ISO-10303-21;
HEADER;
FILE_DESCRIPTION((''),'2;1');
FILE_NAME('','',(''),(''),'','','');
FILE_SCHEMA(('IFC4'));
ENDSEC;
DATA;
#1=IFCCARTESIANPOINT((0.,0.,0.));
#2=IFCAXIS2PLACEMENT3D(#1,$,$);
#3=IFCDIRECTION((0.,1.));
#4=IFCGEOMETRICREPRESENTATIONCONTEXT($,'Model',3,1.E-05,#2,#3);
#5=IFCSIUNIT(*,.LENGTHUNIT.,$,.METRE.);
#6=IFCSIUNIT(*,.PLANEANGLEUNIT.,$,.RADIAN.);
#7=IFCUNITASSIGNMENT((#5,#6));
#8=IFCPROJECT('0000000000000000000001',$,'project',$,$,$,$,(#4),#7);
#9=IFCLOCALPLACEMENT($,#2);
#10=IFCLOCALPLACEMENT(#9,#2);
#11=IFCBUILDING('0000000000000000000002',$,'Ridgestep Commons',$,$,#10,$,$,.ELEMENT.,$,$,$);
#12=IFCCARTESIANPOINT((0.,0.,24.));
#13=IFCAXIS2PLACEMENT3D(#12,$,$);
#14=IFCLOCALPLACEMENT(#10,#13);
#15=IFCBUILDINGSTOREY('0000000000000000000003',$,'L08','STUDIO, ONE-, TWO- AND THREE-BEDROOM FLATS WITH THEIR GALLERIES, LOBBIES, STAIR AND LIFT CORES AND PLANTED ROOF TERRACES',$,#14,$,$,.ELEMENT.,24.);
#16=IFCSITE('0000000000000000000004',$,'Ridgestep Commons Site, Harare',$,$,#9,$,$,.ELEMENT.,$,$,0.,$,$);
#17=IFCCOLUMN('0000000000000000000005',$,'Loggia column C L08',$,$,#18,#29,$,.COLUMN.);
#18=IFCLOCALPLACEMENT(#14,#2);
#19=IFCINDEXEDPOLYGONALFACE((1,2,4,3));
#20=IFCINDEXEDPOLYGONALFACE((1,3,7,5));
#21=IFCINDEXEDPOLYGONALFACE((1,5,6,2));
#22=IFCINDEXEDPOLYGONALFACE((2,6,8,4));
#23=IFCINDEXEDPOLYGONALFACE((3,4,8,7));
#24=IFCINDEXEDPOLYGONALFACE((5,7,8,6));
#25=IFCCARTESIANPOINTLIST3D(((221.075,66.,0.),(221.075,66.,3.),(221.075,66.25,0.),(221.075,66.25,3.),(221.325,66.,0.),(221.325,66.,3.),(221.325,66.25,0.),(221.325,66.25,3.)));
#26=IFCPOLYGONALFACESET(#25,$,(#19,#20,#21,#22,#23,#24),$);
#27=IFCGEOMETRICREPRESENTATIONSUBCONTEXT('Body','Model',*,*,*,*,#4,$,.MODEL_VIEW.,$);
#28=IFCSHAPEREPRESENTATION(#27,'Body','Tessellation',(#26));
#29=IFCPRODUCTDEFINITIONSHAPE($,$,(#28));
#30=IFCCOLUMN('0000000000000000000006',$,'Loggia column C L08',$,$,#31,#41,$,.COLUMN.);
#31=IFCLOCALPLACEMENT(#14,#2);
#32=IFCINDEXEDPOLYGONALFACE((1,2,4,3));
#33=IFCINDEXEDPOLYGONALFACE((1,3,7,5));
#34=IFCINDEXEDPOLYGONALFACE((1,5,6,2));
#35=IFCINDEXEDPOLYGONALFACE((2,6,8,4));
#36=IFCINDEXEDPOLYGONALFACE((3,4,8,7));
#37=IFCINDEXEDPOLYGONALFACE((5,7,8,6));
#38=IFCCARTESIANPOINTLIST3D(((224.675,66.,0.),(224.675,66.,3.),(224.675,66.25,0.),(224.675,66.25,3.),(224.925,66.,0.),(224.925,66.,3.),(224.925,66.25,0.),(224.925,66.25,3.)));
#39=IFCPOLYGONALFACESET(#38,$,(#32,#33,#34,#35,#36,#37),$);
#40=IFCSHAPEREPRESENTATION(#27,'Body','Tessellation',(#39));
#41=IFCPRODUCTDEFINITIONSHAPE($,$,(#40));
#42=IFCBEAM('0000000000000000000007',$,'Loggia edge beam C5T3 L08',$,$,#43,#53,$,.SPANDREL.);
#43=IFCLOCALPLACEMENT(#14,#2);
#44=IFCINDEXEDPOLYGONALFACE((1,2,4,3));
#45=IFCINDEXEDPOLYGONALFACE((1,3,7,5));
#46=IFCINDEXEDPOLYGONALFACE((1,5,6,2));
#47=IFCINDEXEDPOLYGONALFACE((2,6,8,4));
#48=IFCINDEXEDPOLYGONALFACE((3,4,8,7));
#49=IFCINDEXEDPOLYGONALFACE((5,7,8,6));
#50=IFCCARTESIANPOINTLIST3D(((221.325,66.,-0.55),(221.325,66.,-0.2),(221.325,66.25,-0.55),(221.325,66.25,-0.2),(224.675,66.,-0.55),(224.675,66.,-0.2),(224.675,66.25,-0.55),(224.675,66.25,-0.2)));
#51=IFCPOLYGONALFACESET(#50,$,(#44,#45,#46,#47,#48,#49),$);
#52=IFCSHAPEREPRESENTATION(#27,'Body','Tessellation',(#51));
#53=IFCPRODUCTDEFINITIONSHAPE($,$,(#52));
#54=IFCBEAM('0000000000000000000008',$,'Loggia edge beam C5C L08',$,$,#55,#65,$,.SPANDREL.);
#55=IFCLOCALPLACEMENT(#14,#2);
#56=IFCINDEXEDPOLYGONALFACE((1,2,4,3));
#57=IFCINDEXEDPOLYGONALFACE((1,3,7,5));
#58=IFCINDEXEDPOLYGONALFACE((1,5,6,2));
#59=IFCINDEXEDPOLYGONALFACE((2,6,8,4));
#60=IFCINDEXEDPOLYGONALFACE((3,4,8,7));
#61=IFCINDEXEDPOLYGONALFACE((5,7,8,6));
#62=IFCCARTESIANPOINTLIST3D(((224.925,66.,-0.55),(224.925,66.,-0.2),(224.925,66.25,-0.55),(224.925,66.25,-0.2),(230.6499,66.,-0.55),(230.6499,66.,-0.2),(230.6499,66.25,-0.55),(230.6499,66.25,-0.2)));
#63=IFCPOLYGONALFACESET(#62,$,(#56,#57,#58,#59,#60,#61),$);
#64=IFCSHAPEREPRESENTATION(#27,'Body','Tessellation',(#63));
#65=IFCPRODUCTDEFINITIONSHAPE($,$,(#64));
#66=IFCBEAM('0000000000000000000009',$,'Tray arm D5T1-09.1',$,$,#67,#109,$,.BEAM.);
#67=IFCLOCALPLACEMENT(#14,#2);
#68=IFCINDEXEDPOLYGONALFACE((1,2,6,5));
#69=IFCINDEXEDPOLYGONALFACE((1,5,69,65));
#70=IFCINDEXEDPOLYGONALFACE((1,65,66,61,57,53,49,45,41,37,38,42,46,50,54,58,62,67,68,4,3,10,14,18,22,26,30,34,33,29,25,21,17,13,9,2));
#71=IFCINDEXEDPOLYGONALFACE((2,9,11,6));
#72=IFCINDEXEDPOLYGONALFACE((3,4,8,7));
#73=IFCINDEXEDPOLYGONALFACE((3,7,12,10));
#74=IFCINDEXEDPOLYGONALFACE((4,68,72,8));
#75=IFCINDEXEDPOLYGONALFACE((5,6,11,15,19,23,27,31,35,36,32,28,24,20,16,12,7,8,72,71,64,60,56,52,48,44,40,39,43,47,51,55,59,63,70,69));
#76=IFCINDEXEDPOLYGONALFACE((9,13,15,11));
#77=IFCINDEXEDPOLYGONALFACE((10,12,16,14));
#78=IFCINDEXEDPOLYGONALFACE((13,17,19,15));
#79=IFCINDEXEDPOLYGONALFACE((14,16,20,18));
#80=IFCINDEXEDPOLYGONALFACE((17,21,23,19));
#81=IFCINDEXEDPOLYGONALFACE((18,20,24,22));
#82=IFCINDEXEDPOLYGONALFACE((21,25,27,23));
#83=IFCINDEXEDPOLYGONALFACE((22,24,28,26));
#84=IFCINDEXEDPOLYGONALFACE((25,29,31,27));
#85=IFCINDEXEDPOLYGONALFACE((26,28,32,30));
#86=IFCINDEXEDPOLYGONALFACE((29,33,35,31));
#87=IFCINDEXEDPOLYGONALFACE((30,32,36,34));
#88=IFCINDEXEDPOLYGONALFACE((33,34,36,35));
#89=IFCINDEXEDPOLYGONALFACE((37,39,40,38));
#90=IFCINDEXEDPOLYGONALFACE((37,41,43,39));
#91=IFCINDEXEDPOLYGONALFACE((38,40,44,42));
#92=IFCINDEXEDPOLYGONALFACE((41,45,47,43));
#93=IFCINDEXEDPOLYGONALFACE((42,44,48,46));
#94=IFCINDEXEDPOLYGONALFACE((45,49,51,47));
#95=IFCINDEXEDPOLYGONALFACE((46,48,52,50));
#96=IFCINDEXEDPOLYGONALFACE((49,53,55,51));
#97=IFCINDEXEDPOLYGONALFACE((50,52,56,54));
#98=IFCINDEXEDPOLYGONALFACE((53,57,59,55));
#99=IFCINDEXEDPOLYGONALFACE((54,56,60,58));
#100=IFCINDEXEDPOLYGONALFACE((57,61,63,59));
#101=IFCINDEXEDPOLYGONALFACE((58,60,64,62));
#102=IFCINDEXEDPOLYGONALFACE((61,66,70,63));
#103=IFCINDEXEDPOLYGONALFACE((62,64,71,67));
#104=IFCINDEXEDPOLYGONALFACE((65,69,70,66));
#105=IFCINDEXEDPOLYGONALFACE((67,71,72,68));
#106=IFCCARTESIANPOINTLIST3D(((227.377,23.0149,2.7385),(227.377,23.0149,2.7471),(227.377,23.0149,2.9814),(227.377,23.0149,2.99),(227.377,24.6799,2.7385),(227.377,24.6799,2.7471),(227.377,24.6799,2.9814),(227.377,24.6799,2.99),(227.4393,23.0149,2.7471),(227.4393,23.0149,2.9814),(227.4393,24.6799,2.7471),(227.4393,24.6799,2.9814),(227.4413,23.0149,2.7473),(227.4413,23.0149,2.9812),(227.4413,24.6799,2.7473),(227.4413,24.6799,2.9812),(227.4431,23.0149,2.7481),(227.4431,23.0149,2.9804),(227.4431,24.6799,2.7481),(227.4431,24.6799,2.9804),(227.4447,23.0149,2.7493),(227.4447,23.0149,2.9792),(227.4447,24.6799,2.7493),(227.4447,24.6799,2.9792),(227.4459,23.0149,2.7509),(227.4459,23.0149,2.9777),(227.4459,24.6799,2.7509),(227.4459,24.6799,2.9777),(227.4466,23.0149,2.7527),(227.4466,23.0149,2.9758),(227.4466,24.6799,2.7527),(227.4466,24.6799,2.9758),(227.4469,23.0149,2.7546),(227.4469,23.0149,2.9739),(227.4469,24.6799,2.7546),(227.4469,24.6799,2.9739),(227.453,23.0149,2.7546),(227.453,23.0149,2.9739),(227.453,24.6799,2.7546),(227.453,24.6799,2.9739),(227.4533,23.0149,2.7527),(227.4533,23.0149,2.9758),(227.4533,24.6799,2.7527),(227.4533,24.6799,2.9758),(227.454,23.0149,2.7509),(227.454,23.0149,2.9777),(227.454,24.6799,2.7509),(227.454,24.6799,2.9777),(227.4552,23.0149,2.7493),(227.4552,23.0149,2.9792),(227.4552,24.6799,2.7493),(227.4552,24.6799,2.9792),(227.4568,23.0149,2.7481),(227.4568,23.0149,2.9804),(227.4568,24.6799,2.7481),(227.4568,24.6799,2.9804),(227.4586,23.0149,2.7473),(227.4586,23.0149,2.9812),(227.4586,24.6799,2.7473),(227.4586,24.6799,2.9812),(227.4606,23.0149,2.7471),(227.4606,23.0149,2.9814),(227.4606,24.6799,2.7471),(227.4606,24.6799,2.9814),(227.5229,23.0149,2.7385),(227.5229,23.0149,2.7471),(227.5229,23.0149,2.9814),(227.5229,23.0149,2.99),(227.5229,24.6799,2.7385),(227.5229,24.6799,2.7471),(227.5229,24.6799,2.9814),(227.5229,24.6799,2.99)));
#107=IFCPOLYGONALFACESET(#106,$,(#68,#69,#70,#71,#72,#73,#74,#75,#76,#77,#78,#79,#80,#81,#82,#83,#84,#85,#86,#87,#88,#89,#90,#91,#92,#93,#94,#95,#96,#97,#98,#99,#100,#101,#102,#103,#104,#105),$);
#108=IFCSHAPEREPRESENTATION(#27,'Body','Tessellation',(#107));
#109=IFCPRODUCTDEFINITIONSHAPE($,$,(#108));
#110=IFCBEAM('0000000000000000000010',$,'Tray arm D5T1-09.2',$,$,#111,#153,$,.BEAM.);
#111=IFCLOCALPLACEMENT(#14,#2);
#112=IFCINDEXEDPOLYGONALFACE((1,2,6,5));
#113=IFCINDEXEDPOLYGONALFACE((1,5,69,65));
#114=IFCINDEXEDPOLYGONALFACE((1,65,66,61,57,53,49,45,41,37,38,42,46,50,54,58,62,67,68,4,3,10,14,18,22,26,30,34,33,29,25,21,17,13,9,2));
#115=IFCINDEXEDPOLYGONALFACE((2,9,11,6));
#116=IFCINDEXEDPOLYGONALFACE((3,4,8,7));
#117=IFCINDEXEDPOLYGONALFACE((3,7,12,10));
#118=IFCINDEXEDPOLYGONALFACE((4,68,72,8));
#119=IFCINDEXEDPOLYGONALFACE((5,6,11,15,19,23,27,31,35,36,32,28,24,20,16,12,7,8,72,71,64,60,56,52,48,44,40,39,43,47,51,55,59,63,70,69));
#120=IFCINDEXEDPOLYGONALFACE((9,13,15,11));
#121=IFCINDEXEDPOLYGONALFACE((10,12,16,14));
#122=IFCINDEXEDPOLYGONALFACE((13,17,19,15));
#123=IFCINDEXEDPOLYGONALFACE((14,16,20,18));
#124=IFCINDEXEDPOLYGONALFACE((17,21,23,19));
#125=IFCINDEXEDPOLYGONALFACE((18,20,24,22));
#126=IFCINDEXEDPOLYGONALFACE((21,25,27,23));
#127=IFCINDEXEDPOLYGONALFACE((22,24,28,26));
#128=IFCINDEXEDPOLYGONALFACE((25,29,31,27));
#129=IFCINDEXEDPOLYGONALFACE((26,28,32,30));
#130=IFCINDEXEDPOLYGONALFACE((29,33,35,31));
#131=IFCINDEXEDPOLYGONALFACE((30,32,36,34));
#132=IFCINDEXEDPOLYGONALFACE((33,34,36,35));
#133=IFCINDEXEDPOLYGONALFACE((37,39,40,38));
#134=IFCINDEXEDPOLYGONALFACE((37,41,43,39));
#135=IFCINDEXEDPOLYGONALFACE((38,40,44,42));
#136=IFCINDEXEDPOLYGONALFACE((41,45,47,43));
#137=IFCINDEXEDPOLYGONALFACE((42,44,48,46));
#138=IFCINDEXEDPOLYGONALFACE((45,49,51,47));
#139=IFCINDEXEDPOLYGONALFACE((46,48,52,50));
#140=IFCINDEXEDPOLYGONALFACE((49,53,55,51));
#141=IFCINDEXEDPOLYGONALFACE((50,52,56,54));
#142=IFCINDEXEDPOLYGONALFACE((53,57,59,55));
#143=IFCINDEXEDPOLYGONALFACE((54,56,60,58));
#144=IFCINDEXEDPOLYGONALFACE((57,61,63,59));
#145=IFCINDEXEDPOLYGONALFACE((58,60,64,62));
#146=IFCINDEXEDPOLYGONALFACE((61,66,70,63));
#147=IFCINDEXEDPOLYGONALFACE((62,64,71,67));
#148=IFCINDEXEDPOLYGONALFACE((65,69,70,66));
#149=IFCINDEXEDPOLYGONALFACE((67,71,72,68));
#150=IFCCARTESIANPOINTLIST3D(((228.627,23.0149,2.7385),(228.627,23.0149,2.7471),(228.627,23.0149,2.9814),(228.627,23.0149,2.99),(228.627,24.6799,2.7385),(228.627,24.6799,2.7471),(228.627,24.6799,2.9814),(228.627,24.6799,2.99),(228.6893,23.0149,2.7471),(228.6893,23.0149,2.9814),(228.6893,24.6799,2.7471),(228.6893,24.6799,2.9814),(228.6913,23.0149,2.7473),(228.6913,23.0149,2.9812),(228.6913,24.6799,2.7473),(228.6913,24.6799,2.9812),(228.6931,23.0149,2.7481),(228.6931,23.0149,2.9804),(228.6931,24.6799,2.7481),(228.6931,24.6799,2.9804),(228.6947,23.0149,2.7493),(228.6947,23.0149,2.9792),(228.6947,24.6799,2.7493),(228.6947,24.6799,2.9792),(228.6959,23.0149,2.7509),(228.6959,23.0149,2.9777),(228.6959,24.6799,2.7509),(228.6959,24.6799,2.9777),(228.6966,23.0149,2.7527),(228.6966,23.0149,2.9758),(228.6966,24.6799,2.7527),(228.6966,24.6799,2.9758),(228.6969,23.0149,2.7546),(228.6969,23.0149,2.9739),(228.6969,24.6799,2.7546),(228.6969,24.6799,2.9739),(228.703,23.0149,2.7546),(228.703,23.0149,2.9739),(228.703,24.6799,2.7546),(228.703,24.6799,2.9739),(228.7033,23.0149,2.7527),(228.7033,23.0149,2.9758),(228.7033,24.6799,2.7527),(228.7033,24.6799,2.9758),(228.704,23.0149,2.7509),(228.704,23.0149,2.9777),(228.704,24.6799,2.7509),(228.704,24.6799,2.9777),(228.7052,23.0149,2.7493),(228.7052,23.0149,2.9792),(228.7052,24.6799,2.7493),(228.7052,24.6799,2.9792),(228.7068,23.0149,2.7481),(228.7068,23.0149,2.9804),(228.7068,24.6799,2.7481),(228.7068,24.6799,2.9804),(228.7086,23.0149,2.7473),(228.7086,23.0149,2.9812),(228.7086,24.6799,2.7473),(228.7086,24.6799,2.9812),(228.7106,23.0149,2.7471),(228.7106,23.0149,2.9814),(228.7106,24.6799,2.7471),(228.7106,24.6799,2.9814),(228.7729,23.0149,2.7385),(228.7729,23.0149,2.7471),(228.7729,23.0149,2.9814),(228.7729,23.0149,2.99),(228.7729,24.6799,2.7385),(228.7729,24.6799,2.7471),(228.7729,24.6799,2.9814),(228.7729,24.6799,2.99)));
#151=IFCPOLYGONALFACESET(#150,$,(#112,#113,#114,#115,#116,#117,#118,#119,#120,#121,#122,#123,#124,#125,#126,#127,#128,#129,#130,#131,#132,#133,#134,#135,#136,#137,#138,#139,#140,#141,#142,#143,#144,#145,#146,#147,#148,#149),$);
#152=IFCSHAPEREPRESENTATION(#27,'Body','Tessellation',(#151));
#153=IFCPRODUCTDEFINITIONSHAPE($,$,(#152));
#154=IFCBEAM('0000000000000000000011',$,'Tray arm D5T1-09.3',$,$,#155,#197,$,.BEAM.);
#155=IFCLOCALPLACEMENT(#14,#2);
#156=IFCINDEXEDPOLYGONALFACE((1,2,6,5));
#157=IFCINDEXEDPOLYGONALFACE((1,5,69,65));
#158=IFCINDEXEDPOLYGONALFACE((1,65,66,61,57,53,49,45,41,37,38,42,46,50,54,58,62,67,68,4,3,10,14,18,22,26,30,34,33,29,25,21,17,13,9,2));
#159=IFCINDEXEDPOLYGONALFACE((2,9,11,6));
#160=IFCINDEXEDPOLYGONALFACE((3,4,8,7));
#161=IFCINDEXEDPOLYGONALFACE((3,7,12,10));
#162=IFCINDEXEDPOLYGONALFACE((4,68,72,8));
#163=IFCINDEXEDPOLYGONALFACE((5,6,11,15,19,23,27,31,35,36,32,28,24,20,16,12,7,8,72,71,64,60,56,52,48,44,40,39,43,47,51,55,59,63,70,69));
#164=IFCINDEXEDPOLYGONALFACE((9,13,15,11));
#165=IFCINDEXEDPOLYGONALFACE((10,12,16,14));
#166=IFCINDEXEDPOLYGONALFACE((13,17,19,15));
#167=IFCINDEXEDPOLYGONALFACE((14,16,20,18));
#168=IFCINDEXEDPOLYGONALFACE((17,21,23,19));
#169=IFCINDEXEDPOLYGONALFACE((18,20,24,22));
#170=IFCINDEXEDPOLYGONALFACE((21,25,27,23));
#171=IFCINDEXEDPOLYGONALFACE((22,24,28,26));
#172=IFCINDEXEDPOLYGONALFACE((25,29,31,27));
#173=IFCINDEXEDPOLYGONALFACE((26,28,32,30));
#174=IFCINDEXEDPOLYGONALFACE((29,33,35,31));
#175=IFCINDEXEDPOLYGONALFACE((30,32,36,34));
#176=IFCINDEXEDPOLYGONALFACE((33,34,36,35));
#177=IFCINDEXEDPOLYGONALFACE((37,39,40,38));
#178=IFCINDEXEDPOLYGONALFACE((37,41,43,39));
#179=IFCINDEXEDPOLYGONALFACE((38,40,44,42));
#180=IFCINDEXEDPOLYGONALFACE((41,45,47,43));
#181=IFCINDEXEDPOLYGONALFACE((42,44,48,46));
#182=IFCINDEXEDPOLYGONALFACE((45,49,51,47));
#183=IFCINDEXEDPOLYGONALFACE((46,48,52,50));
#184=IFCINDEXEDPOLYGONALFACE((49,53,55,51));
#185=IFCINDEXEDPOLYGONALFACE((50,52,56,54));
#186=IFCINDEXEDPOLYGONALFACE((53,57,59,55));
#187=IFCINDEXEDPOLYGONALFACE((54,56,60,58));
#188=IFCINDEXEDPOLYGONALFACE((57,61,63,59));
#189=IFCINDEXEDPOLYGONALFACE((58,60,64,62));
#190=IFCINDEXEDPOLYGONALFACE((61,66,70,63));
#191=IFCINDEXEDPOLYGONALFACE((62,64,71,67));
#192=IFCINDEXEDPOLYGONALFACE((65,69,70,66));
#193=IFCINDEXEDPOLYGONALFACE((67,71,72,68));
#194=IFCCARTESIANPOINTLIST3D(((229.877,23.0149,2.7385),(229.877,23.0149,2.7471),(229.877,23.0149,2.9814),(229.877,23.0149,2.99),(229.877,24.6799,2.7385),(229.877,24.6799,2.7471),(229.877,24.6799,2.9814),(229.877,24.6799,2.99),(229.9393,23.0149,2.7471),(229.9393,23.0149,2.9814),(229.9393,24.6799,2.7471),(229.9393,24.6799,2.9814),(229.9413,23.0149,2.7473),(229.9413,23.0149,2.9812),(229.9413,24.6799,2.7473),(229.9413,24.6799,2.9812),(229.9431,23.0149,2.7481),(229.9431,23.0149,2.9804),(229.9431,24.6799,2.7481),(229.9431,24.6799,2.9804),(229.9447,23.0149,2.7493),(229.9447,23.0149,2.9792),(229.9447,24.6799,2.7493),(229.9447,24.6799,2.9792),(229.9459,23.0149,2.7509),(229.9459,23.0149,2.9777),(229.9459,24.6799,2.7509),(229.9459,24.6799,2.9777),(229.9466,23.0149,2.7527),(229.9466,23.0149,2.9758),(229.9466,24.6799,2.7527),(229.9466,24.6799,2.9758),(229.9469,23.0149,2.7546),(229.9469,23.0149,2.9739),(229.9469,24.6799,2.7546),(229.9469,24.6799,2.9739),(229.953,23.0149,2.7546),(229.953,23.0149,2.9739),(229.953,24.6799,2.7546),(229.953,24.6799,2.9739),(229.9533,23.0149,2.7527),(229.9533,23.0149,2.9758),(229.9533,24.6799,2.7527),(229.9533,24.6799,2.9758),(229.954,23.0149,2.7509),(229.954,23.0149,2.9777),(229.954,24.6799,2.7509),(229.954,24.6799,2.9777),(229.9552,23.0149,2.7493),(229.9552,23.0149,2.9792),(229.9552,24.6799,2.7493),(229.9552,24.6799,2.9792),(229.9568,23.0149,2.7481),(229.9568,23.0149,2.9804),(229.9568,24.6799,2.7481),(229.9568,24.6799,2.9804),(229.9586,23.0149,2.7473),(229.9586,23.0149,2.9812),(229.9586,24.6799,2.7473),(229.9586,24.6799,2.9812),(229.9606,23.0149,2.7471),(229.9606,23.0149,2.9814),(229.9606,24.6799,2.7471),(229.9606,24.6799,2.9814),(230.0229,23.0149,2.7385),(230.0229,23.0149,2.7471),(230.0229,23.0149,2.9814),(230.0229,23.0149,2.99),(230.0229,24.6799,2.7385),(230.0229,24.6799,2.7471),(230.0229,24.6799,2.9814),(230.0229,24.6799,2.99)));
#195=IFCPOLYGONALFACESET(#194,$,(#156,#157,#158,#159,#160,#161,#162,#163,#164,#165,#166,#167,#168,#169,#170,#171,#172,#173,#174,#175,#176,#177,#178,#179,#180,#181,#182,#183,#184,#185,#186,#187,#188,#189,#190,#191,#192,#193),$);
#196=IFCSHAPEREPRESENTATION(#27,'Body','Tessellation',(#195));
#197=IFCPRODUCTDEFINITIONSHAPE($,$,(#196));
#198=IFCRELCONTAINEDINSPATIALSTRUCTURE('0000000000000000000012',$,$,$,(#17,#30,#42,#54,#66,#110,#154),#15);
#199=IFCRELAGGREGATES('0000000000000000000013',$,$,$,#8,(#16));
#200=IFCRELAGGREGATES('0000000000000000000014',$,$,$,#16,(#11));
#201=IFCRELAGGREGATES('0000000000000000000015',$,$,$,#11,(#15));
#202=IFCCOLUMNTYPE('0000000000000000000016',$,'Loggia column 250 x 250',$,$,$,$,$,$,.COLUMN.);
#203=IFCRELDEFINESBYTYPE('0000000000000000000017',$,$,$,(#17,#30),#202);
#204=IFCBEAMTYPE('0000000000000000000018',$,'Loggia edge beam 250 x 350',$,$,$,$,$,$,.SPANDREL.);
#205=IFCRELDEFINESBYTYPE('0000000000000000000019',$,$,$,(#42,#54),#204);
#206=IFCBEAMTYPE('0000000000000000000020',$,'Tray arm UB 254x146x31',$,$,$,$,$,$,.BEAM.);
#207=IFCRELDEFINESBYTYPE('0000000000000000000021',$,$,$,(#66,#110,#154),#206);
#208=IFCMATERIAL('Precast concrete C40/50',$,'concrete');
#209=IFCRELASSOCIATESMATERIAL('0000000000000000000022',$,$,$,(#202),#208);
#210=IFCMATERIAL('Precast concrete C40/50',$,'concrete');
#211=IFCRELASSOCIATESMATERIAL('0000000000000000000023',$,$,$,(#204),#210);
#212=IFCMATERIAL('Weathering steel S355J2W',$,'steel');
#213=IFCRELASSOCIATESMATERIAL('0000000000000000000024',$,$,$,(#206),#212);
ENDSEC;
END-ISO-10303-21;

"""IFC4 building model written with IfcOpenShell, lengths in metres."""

from ifc_helpers import new_model, si_unit, direction, frame, origin, origin_2d, place, context, subcontext, project, spatial, rectangle, i_section, extrude, material, material_profile, profile_set, type_object, element, save


model = new_model("IFC4")

# Units and contexts
model_context = context("Model", 3, precision=1e-05, world=origin(), true_north=direction((0.0, 1.0)))
body_context = subcontext(model_context, "Body", "Model", "MODEL_VIEW")
ifc_project = project(units=[si_unit("LENGTHUNIT", "METRE"), si_unit("PLANEANGLEUNIT", "RADIAN")], contexts=[model_context])

# Site, building, storey
site_placement = place(None, origin())
site = spatial("IfcSite", under=ifc_project, at=site_placement, Name="Ridgestep Commons Site, Harare", CompositionType="ELEMENT", RefElevation=0.0)
building_placement = place(site_placement, origin())
building = spatial("IfcBuilding", under=site, at=building_placement, Name="Ridgestep Commons", CompositionType="ELEMENT")
storey_placement = place(building_placement, frame((0.0, 0.0, 24.0)))
storey = spatial("IfcBuildingStorey", under=building, at=storey_placement, Name="L08", Description="STUDIO, ONE-, TWO- AND THREE-BEDROOM FLATS WITH THEIR GALLERIES, LOBBIES, STAIR AND LIFT CORES AND PLANTED ROOF TERRACES", CompositionType="ELEMENT", Elevation=24.0)

# Columns
ifc_material_1 = material(Name="Precast concrete C40/50", Category="concrete")
ifc_material_profile_1 = material_profile(ifc_material_1, rectangle(XDim=0.25, YDim=0.25, at=origin_2d()), Name="PC 250x250")
ifc_profile_set_1 = profile_set([ifc_material_profile_1], Name="Precast concrete C40/50")
column_type = type_object("IfcColumnType", Name="Loggia column 250 x 250", PredefinedType="COLUMN", material=ifc_profile_set_1)
for number, where, z_axis, x_axis, name in (
    (1, (221.2, 66.125, 0.0), (0.0, 0.0, 1.0), (1.0, 0.0, 0.0), "Loggia column C L08"),
    (2, (224.8, 66.125, 0.0), (0.0, 0.0, 1.0), (1.0, 0.0, 0.0), "Loggia column C L08"),
):
    element("IfcColumn", number, at=place(storey_placement, frame(where, z_axis=z_axis, x_axis=x_axis)), inside=storey, type_object=column_type, Name=name, PredefinedType="COLUMN", context=body_context, shape_type="SweptSolid", body=[
        extrude(rectangle(XDim=0.25, YDim=0.25, at=origin_2d()), origin(), (0.0, 0.0, 1.0), 3.0),
    ])

# Beams
ifc_material_2 = material(Name="Precast concrete C40/50", Category="concrete")
ifc_material_profile_2 = material_profile(ifc_material_2, rectangle(XDim=0.25, YDim=0.3501, at=origin_2d()), Name="PC 250x350")
ifc_profile_set_2 = profile_set([ifc_material_profile_2], Name="Precast concrete C40/50")
beam_type_1 = type_object("IfcBeamType", Name="Loggia edge beam 250 x 350", PredefinedType="SPANDREL", material=ifc_profile_set_2)
beam_1_placement = place(storey_placement, frame((221.325, 66.125, -0.375), z_axis=(1.0, 0.0, 0.0), x_axis=(0.0, 1.0, 0.0)))
element("IfcBeam", 3, at=beam_1_placement, inside=storey, type_object=beam_type_1, Name="Loggia edge beam C5T3 L08", PredefinedType="SPANDREL", context=body_context, shape_type="SweptSolid", body=[
    extrude(rectangle(XDim=0.25, YDim=0.3501, at=origin_2d()), origin(), (0.0, 0.0, 1.0), 3.3501),
])
beam_2_placement = place(storey_placement, frame((224.925, 66.125, -0.375), z_axis=(1.0, 0.0, 0.0), x_axis=(0.0, 1.0, 0.0)))
element("IfcBeam", 4, at=beam_2_placement, inside=storey, type_object=beam_type_1, Name="Loggia edge beam C5C L08", PredefinedType="SPANDREL", context=body_context, shape_type="SweptSolid", body=[
    extrude(rectangle(XDim=0.25, YDim=0.3501, at=origin_2d()), origin(), (0.0, 0.0, 1.0), 5.7249),
])
ifc_material_3 = material(Name="Weathering steel S355J2W", Category="steel")
ifc_material_profile_3 = material_profile(ifc_material_3, i_section(OverallWidth=0.146, OverallDepth=0.2515, WebThickness=0.0061, FlangeThickness=0.0085, FilletRadius=0.0076, at=origin_2d()), Name="UB 254x146x31")
ifc_profile_set_3 = profile_set([ifc_material_profile_3], Name="Weathering steel S355J2W")
beam_type_2 = type_object("IfcBeamType", Name="Tray arm UB 254x146x31", PredefinedType="BEAM", material=ifc_profile_set_3)
for number, where, z_axis, x_axis, name in (
    (5, (227.45, 23.0149, 2.8643), (0.0, 1.0, 0.0), (-1.0, 0.0, 0.0), "Tray arm D5T1-09.1"),
    (6, (228.7, 23.0149, 2.8643), (0.0, 1.0, 0.0), (-1.0, 0.0, 0.0), "Tray arm D5T1-09.2"),
    (7, (229.95, 23.0149, 2.8643), (0.0, 1.0, 0.0), (-1.0, 0.0, 0.0), "Tray arm D5T1-09.3"),
):
    element("IfcBeam", number, at=place(storey_placement, frame(where, z_axis=z_axis, x_axis=x_axis)), inside=storey, type_object=beam_type_2, Name=name, PredefinedType="BEAM", context=body_context, shape_type="SweptSolid", body=[
        extrude(i_section(OverallWidth=0.146, OverallDepth=0.2515, WebThickness=0.0061, FlangeThickness=0.0085, FilletRadius=0.0076, at=origin_2d()), origin(), (0.0, 0.0, 1.0), 1.665),
    ])

save(model, "model.ifc")
